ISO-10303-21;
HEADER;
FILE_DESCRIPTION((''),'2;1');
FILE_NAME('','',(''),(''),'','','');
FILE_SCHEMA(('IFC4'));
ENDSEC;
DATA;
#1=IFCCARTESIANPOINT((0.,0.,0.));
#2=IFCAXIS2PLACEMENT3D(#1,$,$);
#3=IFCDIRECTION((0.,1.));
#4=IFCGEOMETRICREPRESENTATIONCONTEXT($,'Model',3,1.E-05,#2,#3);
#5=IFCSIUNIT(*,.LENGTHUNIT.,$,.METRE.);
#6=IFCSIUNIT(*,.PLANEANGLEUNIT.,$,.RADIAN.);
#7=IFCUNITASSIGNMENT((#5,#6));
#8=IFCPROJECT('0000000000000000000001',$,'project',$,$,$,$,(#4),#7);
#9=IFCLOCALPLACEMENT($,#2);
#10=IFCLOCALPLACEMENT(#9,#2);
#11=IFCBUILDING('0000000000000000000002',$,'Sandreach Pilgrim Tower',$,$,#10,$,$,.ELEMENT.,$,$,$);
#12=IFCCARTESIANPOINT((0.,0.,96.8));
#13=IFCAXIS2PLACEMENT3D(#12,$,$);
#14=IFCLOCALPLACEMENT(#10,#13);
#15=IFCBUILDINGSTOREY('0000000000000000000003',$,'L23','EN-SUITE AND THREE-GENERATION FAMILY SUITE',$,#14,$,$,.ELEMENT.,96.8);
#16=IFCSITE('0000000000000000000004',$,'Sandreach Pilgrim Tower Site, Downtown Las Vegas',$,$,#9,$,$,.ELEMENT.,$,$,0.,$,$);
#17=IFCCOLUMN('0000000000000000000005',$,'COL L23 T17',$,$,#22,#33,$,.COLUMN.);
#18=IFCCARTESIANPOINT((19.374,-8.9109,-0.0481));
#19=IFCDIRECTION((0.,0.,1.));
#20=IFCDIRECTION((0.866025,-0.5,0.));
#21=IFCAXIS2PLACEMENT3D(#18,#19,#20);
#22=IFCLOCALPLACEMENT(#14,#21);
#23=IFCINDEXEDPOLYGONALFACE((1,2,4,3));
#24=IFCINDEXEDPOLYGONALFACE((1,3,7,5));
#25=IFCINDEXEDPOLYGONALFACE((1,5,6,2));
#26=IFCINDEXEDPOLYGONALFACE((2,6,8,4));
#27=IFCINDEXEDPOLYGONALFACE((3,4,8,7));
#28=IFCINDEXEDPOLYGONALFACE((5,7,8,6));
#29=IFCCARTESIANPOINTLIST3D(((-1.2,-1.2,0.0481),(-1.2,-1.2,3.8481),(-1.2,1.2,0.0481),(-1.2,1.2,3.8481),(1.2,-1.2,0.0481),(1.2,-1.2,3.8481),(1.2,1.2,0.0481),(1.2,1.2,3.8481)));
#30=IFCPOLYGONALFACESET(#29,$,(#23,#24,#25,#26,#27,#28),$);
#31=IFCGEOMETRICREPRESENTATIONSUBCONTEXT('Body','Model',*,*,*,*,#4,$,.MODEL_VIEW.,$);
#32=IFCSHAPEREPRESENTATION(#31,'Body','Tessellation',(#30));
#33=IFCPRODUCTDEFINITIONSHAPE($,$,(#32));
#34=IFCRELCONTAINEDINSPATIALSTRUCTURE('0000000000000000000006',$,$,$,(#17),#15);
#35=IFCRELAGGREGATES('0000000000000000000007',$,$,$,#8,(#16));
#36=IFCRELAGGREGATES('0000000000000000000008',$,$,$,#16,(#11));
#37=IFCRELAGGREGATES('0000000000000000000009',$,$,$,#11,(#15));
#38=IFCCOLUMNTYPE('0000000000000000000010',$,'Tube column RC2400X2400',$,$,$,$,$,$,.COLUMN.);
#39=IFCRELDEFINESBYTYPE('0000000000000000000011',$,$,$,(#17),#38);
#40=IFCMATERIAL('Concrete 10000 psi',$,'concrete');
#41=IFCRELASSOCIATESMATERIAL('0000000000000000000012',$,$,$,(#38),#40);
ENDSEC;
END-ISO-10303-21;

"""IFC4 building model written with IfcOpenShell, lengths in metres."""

from ifc_helpers import new_model, si_unit, direction, frame, origin, origin_2d, place, context, subcontext, project, spatial, rectangle, extrude, clip, halfspace, material, material_profile, profile_set, type_object, element, save


model = new_model("IFC4")

# Units and contexts
model_context = context("Model", 3, precision=1e-05, world=origin(), true_north=direction((0.0, 1.0)))
body_context = subcontext(model_context, "Body", "Model", "MODEL_VIEW")
ifc_project = project(units=[si_unit("LENGTHUNIT", "METRE"), si_unit("PLANEANGLEUNIT", "RADIAN")], contexts=[model_context])

# Site, building, storey
site_placement = place(None, origin())
site = spatial("IfcSite", under=ifc_project, at=site_placement, Name="Sandreach Pilgrim Tower Site, Downtown Las Vegas", CompositionType="ELEMENT", RefElevation=0.0)
building_placement = place(site_placement, origin())
building = spatial("IfcBuilding", under=site, at=building_placement, Name="Sandreach Pilgrim Tower", CompositionType="ELEMENT")
storey_placement = place(building_placement, frame((0.0, 0.0, 96.8)))
storey = spatial("IfcBuildingStorey", under=building, at=storey_placement, Name="L23", Description="EN-SUITE AND THREE-GENERATION FAMILY SUITE", CompositionType="ELEMENT", Elevation=96.8)

# Column
ifc_material_1 = material(Name="Concrete 10000 psi", Category="concrete")
ifc_material_profile_1 = material_profile(ifc_material_1, rectangle(XDim=2.3999, YDim=2.3999, at=origin_2d()), Name="RC2400X2400")
ifc_profile_set_1 = profile_set([ifc_material_profile_1], Name="Concrete 10000 psi")
column_type = type_object("IfcColumnType", Name="Tube column RC2400X2400", PredefinedType="COLUMN", material=ifc_profile_set_1)
column_placement = place(storey_placement, frame((19.374, -8.9109, -0.0481), z_axis=(0.0, 0.0, 1.0), x_axis=(0.866025, -0.5, 0.0)))
element("IfcColumn", 1, at=column_placement, inside=storey, type_object=column_type, Name="COL L23 T17", PredefinedType="COLUMN", context=body_context, shape_type="SweptSolid", body=[
    clip(extrude(rectangle(XDim=2.3999, YDim=2.3999, at=origin_2d()), origin(), (0.0, 0.0, 1.0), 3.8481), halfspace(frame((0.0, 0.0, 0.0481)), True)),
])

save(model, "model.ifc")
